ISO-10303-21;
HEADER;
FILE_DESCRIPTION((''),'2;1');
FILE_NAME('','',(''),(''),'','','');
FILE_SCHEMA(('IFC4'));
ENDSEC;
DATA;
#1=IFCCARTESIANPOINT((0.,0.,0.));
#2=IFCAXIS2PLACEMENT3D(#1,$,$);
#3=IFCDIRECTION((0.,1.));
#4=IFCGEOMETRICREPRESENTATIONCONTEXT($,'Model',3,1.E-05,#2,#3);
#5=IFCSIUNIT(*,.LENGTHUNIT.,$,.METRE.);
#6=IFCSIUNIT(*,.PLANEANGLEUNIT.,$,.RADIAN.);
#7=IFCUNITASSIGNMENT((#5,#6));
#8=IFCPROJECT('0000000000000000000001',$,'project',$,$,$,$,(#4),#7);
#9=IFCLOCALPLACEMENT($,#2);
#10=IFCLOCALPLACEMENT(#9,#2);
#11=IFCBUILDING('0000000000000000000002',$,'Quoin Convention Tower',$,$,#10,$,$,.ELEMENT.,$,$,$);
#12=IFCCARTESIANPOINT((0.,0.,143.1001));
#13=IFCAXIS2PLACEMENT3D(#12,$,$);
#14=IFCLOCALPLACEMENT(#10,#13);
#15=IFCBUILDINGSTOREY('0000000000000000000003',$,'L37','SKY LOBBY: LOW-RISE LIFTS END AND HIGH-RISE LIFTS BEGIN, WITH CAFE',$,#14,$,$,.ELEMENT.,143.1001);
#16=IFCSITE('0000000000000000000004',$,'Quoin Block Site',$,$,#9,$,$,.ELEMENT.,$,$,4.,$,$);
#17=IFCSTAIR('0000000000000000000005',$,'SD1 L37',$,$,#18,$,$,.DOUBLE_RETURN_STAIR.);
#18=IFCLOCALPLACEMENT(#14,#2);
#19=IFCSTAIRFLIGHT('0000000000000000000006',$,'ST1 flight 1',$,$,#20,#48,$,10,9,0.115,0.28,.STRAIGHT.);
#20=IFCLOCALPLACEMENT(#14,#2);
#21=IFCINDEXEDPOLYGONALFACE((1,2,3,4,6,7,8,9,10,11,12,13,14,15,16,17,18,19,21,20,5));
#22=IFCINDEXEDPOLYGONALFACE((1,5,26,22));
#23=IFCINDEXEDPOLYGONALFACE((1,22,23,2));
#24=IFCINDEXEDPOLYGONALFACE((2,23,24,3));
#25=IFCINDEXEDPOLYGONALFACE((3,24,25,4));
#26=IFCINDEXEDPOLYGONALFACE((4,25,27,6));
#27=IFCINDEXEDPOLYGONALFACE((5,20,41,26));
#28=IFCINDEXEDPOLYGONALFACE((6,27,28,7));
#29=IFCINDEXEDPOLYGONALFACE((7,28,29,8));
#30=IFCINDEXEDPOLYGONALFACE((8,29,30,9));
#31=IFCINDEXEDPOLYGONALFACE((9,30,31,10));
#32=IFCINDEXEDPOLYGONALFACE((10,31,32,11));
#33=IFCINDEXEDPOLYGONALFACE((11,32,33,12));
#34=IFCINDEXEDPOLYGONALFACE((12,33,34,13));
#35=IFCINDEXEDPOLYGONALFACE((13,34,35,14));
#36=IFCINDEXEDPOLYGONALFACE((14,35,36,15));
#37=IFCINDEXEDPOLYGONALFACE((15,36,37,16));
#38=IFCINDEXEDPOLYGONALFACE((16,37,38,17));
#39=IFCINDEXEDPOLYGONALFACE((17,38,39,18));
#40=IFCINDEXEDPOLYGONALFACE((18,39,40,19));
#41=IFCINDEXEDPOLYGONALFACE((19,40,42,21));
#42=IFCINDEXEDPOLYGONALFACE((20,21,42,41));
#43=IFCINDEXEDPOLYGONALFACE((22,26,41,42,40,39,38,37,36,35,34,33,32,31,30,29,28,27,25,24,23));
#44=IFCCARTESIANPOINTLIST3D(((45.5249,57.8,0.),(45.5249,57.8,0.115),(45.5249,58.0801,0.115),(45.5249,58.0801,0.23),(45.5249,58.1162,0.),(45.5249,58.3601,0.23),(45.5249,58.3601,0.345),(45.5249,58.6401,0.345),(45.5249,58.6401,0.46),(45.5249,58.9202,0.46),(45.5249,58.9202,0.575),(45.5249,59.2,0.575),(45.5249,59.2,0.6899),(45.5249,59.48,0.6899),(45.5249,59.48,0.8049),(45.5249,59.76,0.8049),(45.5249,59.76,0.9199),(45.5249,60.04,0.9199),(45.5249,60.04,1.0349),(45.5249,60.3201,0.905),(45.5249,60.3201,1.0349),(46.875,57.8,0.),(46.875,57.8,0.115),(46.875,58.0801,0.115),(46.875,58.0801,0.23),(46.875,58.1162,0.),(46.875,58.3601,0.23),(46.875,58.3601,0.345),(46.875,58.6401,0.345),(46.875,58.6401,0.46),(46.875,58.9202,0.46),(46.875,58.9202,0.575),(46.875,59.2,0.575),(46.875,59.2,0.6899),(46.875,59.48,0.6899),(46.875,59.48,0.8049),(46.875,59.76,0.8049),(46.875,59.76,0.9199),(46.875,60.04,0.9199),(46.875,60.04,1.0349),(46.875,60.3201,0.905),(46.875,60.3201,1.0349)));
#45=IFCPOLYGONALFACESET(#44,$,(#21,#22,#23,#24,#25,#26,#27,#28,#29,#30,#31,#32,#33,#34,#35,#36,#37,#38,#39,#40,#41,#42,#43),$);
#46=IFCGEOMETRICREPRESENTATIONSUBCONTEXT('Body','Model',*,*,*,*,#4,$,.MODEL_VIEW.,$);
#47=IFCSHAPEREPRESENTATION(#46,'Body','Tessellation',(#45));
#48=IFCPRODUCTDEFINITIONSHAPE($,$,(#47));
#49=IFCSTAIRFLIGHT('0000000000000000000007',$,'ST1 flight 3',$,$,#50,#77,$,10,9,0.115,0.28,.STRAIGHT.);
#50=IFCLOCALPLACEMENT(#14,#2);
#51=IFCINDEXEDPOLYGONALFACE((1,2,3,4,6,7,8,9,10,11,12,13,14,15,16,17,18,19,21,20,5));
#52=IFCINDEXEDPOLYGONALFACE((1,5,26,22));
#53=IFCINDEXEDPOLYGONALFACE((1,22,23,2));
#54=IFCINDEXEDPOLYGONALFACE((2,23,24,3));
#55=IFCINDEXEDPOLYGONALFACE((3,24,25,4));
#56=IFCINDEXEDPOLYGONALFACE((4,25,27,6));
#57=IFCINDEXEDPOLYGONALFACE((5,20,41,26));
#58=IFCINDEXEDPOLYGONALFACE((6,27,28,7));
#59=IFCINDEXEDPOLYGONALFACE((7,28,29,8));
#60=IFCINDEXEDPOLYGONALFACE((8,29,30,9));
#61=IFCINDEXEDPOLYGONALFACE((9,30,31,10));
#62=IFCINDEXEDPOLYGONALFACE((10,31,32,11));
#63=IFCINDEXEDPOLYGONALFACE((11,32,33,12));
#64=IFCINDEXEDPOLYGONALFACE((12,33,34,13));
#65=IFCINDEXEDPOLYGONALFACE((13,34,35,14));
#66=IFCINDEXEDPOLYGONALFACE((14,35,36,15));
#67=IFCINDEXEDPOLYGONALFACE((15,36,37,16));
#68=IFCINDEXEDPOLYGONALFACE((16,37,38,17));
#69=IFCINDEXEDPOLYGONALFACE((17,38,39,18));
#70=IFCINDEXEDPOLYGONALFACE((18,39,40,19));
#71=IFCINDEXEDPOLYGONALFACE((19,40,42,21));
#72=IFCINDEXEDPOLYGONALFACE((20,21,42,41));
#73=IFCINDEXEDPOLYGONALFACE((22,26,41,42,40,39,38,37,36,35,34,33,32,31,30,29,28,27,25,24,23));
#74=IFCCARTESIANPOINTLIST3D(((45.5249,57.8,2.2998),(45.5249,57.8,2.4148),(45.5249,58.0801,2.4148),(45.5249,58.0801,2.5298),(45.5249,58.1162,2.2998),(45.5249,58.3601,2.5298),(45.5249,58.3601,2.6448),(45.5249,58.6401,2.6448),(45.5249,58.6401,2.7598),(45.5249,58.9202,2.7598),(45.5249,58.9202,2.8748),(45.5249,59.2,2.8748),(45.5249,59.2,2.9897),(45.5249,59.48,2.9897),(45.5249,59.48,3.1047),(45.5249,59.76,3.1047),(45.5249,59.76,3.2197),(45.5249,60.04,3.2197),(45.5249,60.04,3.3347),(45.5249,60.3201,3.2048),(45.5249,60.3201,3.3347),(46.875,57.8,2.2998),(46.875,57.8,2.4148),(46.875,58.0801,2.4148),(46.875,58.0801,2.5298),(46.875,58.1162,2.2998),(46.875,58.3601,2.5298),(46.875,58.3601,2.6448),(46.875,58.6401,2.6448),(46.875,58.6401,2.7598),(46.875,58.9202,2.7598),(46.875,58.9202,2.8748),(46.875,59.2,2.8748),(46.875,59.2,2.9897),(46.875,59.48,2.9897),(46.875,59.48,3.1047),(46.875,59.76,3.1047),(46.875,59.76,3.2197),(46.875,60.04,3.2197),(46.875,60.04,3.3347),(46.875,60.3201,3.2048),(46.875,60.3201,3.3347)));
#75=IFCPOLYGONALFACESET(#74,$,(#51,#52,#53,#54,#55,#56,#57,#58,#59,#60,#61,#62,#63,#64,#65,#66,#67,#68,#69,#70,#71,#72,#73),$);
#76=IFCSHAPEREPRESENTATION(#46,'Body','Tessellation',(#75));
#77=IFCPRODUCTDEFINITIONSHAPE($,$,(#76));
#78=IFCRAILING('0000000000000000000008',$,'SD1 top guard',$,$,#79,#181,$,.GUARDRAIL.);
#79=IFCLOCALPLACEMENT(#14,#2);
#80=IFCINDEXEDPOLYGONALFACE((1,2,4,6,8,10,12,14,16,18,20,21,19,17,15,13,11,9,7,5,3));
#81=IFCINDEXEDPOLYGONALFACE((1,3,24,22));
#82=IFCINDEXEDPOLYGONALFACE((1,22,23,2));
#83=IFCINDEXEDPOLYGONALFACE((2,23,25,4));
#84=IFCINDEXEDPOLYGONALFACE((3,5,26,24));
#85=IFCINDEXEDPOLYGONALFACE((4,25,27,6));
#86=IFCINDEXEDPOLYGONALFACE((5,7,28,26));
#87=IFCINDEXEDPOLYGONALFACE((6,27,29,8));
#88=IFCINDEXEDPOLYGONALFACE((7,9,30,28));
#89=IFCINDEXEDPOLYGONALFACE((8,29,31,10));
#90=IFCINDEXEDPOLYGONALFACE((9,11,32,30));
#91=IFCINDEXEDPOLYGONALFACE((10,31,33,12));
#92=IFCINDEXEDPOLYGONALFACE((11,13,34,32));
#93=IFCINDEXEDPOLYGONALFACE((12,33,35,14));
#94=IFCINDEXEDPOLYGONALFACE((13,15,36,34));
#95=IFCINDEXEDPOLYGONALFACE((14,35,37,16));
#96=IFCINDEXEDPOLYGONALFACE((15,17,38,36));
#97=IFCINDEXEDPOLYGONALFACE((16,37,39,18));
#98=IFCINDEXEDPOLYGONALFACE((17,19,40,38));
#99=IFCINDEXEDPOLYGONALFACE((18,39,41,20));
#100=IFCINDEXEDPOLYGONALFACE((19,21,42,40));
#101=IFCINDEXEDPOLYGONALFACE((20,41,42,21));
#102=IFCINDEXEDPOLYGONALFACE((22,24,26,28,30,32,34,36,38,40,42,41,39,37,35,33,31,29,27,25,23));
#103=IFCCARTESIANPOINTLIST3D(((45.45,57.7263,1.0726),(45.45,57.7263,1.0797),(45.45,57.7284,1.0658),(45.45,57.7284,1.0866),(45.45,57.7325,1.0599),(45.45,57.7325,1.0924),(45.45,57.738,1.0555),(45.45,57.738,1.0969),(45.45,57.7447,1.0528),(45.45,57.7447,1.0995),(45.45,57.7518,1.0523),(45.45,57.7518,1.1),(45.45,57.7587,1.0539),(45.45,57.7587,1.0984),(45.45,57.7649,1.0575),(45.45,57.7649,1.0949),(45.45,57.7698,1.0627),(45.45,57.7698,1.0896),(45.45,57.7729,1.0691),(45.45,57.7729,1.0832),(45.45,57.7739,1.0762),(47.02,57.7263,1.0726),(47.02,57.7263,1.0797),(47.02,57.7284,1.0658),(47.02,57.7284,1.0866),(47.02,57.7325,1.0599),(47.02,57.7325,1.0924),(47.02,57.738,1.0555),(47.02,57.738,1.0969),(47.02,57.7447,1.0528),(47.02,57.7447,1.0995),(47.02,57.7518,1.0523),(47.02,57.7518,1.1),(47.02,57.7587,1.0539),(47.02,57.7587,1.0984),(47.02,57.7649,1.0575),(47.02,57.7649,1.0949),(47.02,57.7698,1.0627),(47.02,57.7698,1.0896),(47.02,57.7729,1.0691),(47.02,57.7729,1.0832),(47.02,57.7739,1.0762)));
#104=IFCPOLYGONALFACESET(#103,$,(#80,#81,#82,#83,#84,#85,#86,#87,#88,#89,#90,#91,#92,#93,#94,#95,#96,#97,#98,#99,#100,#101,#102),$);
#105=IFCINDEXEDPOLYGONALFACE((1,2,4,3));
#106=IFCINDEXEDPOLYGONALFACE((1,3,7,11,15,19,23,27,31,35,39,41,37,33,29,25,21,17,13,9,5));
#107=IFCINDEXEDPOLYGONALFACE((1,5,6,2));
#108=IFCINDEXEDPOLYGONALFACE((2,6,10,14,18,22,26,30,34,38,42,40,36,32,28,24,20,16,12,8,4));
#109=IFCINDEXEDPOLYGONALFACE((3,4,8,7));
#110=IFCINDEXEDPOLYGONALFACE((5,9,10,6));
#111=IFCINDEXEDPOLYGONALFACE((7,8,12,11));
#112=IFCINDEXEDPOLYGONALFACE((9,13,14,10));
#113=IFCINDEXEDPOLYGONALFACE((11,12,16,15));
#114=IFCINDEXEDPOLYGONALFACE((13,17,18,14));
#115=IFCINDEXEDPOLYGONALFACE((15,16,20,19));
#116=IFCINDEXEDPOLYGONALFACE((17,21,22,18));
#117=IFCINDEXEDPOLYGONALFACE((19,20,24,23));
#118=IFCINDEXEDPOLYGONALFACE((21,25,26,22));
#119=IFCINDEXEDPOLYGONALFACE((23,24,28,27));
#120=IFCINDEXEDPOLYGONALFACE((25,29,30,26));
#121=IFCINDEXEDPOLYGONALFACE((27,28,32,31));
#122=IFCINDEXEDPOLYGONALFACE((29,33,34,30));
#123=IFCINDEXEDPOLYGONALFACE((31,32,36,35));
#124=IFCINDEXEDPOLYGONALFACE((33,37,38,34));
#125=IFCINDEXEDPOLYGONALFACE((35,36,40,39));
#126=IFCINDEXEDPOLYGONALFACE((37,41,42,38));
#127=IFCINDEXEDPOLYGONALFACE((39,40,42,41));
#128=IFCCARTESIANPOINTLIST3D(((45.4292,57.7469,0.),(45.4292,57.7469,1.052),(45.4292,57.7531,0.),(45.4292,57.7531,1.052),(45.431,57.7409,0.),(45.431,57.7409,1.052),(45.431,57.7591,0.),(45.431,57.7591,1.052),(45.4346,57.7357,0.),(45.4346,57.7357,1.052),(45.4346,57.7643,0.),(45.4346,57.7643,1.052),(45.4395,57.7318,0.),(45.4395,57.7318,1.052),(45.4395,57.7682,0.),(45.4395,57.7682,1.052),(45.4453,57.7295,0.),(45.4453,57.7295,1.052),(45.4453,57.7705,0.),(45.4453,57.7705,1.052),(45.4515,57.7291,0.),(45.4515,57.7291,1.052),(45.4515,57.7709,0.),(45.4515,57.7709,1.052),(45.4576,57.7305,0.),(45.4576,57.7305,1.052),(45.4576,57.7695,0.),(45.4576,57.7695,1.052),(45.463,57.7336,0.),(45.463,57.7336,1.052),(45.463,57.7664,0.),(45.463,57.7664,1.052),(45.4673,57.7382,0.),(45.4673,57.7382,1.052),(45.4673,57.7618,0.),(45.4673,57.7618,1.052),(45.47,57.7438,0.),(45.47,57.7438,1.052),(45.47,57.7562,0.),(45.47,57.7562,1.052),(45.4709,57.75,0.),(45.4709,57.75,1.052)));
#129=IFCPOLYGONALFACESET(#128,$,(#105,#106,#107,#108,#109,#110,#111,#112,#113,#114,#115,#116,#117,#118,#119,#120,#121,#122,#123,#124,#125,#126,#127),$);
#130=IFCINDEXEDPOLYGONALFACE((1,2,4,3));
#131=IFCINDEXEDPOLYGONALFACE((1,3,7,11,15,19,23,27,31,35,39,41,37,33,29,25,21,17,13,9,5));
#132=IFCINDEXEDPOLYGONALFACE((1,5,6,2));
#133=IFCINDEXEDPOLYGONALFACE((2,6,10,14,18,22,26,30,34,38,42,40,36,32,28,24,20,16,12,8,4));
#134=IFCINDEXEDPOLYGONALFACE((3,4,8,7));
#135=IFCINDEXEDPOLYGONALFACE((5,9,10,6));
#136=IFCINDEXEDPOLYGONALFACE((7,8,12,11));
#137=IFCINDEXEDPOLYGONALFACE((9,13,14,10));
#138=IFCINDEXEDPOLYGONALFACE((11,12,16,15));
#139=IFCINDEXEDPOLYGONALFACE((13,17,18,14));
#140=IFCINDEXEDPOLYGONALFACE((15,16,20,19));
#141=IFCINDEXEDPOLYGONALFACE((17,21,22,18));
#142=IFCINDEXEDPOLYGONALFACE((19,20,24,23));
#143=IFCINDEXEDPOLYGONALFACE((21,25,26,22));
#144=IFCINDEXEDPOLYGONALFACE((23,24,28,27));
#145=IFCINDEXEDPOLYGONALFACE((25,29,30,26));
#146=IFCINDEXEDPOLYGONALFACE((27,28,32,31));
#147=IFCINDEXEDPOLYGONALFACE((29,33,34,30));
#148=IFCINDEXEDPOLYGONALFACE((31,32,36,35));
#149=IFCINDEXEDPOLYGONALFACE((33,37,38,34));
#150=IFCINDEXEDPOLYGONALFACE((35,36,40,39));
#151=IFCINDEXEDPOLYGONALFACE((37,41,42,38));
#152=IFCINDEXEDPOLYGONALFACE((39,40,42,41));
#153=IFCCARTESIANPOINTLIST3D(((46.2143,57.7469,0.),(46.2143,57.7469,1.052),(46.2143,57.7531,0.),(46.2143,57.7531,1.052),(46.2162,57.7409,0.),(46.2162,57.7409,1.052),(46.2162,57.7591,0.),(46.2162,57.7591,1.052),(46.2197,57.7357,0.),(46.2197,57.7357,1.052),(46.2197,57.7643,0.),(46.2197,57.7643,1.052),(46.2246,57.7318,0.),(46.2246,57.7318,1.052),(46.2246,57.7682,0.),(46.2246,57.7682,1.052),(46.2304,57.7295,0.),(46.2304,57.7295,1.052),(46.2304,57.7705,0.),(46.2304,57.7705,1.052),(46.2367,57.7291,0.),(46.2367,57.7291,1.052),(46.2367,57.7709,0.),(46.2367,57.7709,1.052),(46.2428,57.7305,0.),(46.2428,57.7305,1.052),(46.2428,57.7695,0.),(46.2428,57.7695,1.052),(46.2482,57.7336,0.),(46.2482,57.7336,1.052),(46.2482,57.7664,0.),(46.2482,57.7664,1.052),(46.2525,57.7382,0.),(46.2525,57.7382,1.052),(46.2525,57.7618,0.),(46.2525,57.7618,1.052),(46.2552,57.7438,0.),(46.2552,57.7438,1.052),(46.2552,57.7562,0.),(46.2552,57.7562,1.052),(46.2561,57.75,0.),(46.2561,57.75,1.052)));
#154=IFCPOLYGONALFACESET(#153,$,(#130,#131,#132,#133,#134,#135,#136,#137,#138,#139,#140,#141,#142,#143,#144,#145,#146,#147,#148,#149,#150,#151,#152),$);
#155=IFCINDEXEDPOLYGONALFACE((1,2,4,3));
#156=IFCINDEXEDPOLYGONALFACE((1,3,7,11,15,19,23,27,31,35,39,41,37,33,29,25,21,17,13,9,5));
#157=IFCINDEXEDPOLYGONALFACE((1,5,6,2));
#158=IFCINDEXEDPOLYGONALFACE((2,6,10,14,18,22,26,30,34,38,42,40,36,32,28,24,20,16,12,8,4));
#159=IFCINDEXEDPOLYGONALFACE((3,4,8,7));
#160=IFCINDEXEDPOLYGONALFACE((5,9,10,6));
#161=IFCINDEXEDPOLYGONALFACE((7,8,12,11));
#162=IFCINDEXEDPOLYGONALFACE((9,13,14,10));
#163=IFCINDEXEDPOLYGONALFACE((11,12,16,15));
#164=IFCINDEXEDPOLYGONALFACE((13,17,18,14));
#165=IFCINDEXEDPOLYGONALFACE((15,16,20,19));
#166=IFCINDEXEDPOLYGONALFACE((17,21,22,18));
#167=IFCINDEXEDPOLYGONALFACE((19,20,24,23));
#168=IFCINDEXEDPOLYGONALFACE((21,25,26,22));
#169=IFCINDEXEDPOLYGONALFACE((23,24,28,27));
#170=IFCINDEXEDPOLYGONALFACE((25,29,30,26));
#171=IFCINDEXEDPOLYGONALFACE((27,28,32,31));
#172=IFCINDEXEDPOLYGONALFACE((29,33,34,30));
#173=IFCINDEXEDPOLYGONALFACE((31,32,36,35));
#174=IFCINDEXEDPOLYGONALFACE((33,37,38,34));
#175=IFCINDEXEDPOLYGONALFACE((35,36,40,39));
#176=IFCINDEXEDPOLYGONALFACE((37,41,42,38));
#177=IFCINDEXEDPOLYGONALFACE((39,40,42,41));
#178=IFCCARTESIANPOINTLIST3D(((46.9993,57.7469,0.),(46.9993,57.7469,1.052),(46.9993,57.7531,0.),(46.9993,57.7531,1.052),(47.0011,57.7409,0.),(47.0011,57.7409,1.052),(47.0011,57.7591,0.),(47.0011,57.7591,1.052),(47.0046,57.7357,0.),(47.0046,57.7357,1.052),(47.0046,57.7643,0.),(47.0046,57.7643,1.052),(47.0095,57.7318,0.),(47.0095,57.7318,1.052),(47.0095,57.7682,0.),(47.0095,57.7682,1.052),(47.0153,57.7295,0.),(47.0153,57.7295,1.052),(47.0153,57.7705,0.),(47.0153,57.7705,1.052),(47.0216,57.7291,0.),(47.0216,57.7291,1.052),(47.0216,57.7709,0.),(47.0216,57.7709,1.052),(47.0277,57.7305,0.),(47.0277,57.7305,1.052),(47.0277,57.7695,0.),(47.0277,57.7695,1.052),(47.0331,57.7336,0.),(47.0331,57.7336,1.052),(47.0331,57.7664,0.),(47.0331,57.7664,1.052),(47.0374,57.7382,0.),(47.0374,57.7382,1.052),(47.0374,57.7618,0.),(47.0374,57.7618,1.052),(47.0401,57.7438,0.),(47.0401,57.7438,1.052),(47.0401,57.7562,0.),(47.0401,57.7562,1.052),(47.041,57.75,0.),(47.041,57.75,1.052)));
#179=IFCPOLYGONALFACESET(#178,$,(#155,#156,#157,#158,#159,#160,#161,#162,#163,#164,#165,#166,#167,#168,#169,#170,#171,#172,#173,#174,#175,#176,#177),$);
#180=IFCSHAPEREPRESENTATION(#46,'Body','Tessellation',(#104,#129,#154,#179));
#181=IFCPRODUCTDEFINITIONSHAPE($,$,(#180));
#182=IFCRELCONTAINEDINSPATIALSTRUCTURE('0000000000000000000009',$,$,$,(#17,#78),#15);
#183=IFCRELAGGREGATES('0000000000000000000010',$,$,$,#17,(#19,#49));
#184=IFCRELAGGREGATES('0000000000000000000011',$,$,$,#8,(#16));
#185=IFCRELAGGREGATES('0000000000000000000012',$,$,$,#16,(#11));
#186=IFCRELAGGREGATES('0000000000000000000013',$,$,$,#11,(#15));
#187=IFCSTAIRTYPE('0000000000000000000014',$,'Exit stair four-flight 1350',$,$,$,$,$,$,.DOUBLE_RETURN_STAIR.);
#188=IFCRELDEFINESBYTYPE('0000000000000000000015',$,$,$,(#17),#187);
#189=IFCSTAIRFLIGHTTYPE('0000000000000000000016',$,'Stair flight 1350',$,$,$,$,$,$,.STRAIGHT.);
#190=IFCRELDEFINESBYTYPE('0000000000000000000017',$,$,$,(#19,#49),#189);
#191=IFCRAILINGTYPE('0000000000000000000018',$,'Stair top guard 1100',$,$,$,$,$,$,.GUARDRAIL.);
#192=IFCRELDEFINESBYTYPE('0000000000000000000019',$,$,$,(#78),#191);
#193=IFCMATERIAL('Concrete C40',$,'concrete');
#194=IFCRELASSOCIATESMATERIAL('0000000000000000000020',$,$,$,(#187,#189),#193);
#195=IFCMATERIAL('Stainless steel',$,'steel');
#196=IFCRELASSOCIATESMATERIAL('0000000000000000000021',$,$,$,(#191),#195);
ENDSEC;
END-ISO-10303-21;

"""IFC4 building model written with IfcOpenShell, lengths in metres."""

from ifc_helpers import new_model, si_unit, direction, frame, origin, origin_2d, place, context, subcontext, project, spatial, polyline, circle, outline, extrude, material, type_object, element, aggregate, save


model = new_model("IFC4")

# Units and contexts
model_context = context("Model", 3, precision=1e-05, world=origin(), true_north=direction((0.0, 1.0)))
body_context = subcontext(model_context, "Body", "Model", "MODEL_VIEW")
ifc_project = project(units=[si_unit("LENGTHUNIT", "METRE"), si_unit("PLANEANGLEUNIT", "RADIAN")], contexts=[model_context])

# Site, building, storey
site_placement = place(None, origin())
site = spatial("IfcSite", under=ifc_project, at=site_placement, Name="Quoin Block Site", CompositionType="ELEMENT", RefElevation=4.0)
building_placement = place(site_placement, origin())
building = spatial("IfcBuilding", under=site, at=building_placement, Name="Quoin Convention Tower", CompositionType="ELEMENT")
storey_placement = place(building_placement, frame((0.0, 0.0, 143.1001)))
storey = spatial("IfcBuildingStorey", under=building, at=storey_placement, Name="L37", Description="SKY LOBBY: LOW-RISE LIFTS END AND HIGH-RISE LIFTS BEGIN, WITH CAFE", CompositionType="ELEMENT", Elevation=143.1001)

# Stair, stair flights
ifc_material_1 = material(Name="Concrete C40", Category="concrete")
stair_type = type_object("IfcStairType", Name="Exit stair four-flight 1350", PredefinedType="DOUBLE_RETURN_STAIR", material=ifc_material_1)
stair_placement = place(storey_placement, origin())
stair = element("IfcStair", 1, at=stair_placement, inside=storey, type_object=stair_type, Name="SD1 L37", PredefinedType="DOUBLE_RETURN_STAIR")
stair_flight_type = type_object("IfcStairFlightType", Name="Stair flight 1350", PredefinedType="STRAIGHT", material=ifc_material_1)
stair_flight_1_placement = place(storey_placement, frame((46.2, 57.8, 0.0), z_axis=(0.0, 0.0, 1.0), x_axis=(0.0, 1.0, 0.0)))
stair_flight_1 = element("IfcStairFlight", 2, at=stair_flight_1_placement, type_object=stair_flight_type, Name="ST1 flight 1", NumberOfRisers=10, NumberOfTreads=9, PredefinedType="STRAIGHT", RiserHeight=0.115, TreadLength=0.28, context=body_context, shape_type="SweptSolid", body=[
    extrude(outline(polyline([(0.0, 0.0), (0.0, 0.115), (0.28, 0.115), (0.28, 0.23), (0.5601, 0.23), (0.5601, 0.345), (0.8401, 0.345), (0.8401, 0.46), (1.1201, 0.46), (1.1201, 0.575), (1.3999, 0.575), (1.3999, 0.6899), (1.6799, 0.6899), (1.6799, 0.8049), (1.96, 0.8049), (1.96, 0.9199), (2.24, 0.9199), (2.24, 1.0349), (2.52, 1.0349), (2.52, 1.1499), (2.52, 0.905), (0.3162, 0.0), (0.0, 0.0)])), frame((0.0, 0.675, 0.0), z_axis=(0.0, -1.0, 0.0), x_axis=(1.0, 0.0, 0.0)), (0.0, 0.0, 1.0), 1.3501),
])
stair_flight_2_placement = place(storey_placement, frame((46.2, 57.8, 2.2998), z_axis=(0.0, 0.0, 1.0), x_axis=(0.0, 1.0, 0.0)))
stair_flight_2 = element("IfcStairFlight", 3, at=stair_flight_2_placement, type_object=stair_flight_type, Name="ST1 flight 3", NumberOfRisers=10, NumberOfTreads=9, PredefinedType="STRAIGHT", RiserHeight=0.115, TreadLength=0.28, context=body_context, shape_type="SweptSolid", body=[
    extrude(outline(polyline([(0.0, 0.0), (0.0, 0.115), (0.28, 0.115), (0.28, 0.23), (0.5601, 0.23), (0.5601, 0.345), (0.8401, 0.345), (0.8401, 0.46), (1.1201, 0.46), (1.1201, 0.575), (1.3999, 0.575), (1.3999, 0.6899), (1.6799, 0.6899), (1.6799, 0.8049), (1.96, 0.8049), (1.96, 0.9199), (2.24, 0.9199), (2.24, 1.0349), (2.52, 1.0349), (2.52, 1.1499), (2.52, 0.905), (0.3162, 0.0), (0.0, 0.0)])), frame((0.0, 0.675, 0.0), z_axis=(0.0, -1.0, 0.0), x_axis=(1.0, 0.0, 0.0)), (0.0, 0.0, 1.0), 1.3501),
])
aggregate(stair, [stair_flight_1, stair_flight_2])

# Railing
ifc_material_2 = material(Name="Stainless steel", Category="steel")
railing_type_1 = type_object("IfcRailingType", Name="Stair top guard 1100", PredefinedType="GUARDRAIL", material=ifc_material_2)
railing_1_placement = place(storey_placement, frame((45.45, 57.75, 0.0)))
element("IfcRailing", 4, at=railing_1_placement, inside=storey, type_object=railing_type_1, Name="SD1 top guard", PredefinedType="GUARDRAIL", context=body_context, shape_type="SweptSolid", body=[
    extrude(circle(Radius=0.0239, at=origin_2d()), frame((0.0, 0.0, 1.0762), z_axis=(1.0, 0.0, 0.0), x_axis=(0.0, 1.0, 0.0)), (0.0, 0.0, 1.0), 1.5701),
    extrude(circle(Radius=0.021, at=origin_2d()), origin(), (0.0, 0.0, 1.0), 1.052),
    extrude(circle(Radius=0.021, at=origin_2d()), frame((0.7852, 0.0, 0.0)), (0.0, 0.0, 1.0), 1.052),
    extrude(circle(Radius=0.021, at=origin_2d()), frame((1.5701, 0.0, 0.0)), (0.0, 0.0, 1.0), 1.052),
])

save(model, "model.ifc")
